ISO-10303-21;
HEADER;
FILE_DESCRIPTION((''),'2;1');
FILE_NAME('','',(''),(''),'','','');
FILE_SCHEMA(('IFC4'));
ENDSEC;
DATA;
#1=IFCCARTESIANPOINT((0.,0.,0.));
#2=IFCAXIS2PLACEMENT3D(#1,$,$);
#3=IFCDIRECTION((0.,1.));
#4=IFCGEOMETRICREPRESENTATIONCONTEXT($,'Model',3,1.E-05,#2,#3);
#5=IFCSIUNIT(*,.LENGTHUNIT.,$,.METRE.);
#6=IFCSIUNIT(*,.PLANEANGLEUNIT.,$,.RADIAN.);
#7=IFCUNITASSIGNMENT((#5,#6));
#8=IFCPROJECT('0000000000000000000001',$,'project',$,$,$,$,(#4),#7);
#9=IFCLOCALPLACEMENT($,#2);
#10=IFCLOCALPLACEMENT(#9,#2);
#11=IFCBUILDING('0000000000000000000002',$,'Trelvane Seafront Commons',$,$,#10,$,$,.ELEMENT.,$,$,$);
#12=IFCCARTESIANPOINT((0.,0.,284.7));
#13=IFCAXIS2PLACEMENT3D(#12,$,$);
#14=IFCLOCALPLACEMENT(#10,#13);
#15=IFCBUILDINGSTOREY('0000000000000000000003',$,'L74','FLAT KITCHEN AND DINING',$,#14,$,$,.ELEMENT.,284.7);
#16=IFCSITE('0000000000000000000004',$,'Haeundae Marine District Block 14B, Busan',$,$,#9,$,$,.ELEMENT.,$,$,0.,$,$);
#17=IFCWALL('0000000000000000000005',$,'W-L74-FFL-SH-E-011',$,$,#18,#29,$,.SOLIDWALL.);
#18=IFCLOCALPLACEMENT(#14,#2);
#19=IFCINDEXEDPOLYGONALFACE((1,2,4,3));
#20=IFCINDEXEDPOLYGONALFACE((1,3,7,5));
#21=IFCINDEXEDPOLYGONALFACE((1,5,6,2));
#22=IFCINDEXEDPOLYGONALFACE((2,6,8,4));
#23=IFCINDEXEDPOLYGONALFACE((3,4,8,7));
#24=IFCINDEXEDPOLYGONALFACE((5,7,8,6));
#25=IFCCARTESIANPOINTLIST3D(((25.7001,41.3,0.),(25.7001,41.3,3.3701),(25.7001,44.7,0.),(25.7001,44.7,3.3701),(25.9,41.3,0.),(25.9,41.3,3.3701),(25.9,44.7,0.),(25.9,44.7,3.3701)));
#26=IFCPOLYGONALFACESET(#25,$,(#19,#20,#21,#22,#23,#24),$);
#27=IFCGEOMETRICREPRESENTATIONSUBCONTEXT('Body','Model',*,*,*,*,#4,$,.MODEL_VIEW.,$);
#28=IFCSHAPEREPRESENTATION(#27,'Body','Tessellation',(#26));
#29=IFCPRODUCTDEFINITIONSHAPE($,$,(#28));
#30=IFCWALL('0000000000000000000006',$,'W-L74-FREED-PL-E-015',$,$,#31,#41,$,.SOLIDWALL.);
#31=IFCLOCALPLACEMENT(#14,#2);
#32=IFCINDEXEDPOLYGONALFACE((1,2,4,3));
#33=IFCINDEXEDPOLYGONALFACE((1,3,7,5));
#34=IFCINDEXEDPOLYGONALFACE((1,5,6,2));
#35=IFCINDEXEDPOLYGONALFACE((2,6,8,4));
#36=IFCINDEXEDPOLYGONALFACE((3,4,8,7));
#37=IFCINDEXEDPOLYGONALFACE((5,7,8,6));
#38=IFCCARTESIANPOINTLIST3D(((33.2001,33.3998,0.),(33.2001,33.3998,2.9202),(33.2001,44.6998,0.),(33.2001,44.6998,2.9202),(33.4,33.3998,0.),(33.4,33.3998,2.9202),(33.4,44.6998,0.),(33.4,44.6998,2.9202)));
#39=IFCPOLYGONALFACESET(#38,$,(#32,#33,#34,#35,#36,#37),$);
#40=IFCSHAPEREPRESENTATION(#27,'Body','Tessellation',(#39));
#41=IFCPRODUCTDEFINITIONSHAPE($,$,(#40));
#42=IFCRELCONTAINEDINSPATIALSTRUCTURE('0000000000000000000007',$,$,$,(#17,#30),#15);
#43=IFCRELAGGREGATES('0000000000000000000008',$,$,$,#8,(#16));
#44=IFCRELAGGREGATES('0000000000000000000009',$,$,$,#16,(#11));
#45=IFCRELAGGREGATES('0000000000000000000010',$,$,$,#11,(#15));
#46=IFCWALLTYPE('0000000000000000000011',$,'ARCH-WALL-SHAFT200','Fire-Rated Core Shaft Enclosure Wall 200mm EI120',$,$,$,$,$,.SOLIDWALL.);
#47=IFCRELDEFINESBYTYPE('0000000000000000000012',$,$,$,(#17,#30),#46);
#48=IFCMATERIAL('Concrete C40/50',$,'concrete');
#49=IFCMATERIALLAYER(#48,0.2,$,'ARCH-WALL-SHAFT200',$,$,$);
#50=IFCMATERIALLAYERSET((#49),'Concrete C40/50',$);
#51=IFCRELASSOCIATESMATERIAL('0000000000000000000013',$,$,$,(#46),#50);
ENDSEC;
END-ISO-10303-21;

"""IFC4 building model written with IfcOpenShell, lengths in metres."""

from ifc_helpers import new_model, si_unit, direction, frame, frame_2d, origin, place, context, subcontext, project, spatial, rectangle, extrude, material, layer, layer_set, type_object, element, save


model = new_model("IFC4")

# Units and contexts
model_context = context("Model", 3, precision=1e-05, world=origin(), true_north=direction((0.0, 1.0)))
body_context = subcontext(model_context, "Body", "Model", "MODEL_VIEW")
ifc_project = project(units=[si_unit("LENGTHUNIT", "METRE"), si_unit("PLANEANGLEUNIT", "RADIAN")], contexts=[model_context])

# Site, building, storey
site_placement = place(None, origin())
site = spatial("IfcSite", under=ifc_project, at=site_placement, Name="Haeundae Marine District Block 14B, Busan", CompositionType="ELEMENT", RefElevation=0.0)
building_placement = place(site_placement, origin())
building = spatial("IfcBuilding", under=site, at=building_placement, Name="Trelvane Seafront Commons", CompositionType="ELEMENT")
storey_placement = place(building_placement, frame((0.0, 0.0, 284.7)))
storey = spatial("IfcBuildingStorey", under=building, at=storey_placement, Name="L74", Description="FLAT KITCHEN AND DINING", CompositionType="ELEMENT", Elevation=284.7)

# Shared definitions
ifc_material_1 = material(Name="Concrete C40/50", Category="concrete")

# Walls
ifc_layer_1 = layer(ifc_material_1, 0.2, Name="ARCH-WALL-SHAFT200")
ifc_layer_set_1 = layer_set([ifc_layer_1], Name="Concrete C40/50")
wall_type_1 = type_object("IfcWallType", Name="ARCH-WALL-SHAFT200", Description="Fire-Rated Core Shaft Enclosure Wall 200mm EI120", PredefinedType="SOLIDWALL", material=ifc_layer_set_1)
for number, where, z_axis, x_axis, name in (
    (1, (25.8, 41.3, 0.0), (0.0, 0.0, 1.0), (0.0, 1.0, 0.0), "W-L74-FFL-SH-E-011"),
):
    element("IfcWall", number, at=place(storey_placement, frame(where, z_axis=z_axis, x_axis=x_axis)), inside=storey, type_object=wall_type_1, Name=name, PredefinedType="SOLIDWALL", context=body_context, shape_type="SweptSolid", body=[
        extrude(rectangle(XDim=3.3999, YDim=0.2, at=frame_2d((1.7, 0.0))), origin(), (0.0, 0.0, 1.0), 3.3701),
    ])
wall_1_placement = place(storey_placement, frame((33.3, 33.3999, 0.0), z_axis=(0.0, 0.0, 1.0), x_axis=(0.0, 1.0, 0.0)))
element("IfcWall", 2, at=wall_1_placement, inside=storey, type_object=wall_type_1, Name="W-L74-FREED-PL-E-015", PredefinedType="SOLIDWALL", context=body_context, shape_type="SweptSolid", body=[
    extrude(rectangle(XDim=11.3, YDim=0.2, at=frame_2d((5.6499, 0.0))), origin(), (0.0, 0.0, 1.0), 2.9202),
])

save(model, "model.ifc")
